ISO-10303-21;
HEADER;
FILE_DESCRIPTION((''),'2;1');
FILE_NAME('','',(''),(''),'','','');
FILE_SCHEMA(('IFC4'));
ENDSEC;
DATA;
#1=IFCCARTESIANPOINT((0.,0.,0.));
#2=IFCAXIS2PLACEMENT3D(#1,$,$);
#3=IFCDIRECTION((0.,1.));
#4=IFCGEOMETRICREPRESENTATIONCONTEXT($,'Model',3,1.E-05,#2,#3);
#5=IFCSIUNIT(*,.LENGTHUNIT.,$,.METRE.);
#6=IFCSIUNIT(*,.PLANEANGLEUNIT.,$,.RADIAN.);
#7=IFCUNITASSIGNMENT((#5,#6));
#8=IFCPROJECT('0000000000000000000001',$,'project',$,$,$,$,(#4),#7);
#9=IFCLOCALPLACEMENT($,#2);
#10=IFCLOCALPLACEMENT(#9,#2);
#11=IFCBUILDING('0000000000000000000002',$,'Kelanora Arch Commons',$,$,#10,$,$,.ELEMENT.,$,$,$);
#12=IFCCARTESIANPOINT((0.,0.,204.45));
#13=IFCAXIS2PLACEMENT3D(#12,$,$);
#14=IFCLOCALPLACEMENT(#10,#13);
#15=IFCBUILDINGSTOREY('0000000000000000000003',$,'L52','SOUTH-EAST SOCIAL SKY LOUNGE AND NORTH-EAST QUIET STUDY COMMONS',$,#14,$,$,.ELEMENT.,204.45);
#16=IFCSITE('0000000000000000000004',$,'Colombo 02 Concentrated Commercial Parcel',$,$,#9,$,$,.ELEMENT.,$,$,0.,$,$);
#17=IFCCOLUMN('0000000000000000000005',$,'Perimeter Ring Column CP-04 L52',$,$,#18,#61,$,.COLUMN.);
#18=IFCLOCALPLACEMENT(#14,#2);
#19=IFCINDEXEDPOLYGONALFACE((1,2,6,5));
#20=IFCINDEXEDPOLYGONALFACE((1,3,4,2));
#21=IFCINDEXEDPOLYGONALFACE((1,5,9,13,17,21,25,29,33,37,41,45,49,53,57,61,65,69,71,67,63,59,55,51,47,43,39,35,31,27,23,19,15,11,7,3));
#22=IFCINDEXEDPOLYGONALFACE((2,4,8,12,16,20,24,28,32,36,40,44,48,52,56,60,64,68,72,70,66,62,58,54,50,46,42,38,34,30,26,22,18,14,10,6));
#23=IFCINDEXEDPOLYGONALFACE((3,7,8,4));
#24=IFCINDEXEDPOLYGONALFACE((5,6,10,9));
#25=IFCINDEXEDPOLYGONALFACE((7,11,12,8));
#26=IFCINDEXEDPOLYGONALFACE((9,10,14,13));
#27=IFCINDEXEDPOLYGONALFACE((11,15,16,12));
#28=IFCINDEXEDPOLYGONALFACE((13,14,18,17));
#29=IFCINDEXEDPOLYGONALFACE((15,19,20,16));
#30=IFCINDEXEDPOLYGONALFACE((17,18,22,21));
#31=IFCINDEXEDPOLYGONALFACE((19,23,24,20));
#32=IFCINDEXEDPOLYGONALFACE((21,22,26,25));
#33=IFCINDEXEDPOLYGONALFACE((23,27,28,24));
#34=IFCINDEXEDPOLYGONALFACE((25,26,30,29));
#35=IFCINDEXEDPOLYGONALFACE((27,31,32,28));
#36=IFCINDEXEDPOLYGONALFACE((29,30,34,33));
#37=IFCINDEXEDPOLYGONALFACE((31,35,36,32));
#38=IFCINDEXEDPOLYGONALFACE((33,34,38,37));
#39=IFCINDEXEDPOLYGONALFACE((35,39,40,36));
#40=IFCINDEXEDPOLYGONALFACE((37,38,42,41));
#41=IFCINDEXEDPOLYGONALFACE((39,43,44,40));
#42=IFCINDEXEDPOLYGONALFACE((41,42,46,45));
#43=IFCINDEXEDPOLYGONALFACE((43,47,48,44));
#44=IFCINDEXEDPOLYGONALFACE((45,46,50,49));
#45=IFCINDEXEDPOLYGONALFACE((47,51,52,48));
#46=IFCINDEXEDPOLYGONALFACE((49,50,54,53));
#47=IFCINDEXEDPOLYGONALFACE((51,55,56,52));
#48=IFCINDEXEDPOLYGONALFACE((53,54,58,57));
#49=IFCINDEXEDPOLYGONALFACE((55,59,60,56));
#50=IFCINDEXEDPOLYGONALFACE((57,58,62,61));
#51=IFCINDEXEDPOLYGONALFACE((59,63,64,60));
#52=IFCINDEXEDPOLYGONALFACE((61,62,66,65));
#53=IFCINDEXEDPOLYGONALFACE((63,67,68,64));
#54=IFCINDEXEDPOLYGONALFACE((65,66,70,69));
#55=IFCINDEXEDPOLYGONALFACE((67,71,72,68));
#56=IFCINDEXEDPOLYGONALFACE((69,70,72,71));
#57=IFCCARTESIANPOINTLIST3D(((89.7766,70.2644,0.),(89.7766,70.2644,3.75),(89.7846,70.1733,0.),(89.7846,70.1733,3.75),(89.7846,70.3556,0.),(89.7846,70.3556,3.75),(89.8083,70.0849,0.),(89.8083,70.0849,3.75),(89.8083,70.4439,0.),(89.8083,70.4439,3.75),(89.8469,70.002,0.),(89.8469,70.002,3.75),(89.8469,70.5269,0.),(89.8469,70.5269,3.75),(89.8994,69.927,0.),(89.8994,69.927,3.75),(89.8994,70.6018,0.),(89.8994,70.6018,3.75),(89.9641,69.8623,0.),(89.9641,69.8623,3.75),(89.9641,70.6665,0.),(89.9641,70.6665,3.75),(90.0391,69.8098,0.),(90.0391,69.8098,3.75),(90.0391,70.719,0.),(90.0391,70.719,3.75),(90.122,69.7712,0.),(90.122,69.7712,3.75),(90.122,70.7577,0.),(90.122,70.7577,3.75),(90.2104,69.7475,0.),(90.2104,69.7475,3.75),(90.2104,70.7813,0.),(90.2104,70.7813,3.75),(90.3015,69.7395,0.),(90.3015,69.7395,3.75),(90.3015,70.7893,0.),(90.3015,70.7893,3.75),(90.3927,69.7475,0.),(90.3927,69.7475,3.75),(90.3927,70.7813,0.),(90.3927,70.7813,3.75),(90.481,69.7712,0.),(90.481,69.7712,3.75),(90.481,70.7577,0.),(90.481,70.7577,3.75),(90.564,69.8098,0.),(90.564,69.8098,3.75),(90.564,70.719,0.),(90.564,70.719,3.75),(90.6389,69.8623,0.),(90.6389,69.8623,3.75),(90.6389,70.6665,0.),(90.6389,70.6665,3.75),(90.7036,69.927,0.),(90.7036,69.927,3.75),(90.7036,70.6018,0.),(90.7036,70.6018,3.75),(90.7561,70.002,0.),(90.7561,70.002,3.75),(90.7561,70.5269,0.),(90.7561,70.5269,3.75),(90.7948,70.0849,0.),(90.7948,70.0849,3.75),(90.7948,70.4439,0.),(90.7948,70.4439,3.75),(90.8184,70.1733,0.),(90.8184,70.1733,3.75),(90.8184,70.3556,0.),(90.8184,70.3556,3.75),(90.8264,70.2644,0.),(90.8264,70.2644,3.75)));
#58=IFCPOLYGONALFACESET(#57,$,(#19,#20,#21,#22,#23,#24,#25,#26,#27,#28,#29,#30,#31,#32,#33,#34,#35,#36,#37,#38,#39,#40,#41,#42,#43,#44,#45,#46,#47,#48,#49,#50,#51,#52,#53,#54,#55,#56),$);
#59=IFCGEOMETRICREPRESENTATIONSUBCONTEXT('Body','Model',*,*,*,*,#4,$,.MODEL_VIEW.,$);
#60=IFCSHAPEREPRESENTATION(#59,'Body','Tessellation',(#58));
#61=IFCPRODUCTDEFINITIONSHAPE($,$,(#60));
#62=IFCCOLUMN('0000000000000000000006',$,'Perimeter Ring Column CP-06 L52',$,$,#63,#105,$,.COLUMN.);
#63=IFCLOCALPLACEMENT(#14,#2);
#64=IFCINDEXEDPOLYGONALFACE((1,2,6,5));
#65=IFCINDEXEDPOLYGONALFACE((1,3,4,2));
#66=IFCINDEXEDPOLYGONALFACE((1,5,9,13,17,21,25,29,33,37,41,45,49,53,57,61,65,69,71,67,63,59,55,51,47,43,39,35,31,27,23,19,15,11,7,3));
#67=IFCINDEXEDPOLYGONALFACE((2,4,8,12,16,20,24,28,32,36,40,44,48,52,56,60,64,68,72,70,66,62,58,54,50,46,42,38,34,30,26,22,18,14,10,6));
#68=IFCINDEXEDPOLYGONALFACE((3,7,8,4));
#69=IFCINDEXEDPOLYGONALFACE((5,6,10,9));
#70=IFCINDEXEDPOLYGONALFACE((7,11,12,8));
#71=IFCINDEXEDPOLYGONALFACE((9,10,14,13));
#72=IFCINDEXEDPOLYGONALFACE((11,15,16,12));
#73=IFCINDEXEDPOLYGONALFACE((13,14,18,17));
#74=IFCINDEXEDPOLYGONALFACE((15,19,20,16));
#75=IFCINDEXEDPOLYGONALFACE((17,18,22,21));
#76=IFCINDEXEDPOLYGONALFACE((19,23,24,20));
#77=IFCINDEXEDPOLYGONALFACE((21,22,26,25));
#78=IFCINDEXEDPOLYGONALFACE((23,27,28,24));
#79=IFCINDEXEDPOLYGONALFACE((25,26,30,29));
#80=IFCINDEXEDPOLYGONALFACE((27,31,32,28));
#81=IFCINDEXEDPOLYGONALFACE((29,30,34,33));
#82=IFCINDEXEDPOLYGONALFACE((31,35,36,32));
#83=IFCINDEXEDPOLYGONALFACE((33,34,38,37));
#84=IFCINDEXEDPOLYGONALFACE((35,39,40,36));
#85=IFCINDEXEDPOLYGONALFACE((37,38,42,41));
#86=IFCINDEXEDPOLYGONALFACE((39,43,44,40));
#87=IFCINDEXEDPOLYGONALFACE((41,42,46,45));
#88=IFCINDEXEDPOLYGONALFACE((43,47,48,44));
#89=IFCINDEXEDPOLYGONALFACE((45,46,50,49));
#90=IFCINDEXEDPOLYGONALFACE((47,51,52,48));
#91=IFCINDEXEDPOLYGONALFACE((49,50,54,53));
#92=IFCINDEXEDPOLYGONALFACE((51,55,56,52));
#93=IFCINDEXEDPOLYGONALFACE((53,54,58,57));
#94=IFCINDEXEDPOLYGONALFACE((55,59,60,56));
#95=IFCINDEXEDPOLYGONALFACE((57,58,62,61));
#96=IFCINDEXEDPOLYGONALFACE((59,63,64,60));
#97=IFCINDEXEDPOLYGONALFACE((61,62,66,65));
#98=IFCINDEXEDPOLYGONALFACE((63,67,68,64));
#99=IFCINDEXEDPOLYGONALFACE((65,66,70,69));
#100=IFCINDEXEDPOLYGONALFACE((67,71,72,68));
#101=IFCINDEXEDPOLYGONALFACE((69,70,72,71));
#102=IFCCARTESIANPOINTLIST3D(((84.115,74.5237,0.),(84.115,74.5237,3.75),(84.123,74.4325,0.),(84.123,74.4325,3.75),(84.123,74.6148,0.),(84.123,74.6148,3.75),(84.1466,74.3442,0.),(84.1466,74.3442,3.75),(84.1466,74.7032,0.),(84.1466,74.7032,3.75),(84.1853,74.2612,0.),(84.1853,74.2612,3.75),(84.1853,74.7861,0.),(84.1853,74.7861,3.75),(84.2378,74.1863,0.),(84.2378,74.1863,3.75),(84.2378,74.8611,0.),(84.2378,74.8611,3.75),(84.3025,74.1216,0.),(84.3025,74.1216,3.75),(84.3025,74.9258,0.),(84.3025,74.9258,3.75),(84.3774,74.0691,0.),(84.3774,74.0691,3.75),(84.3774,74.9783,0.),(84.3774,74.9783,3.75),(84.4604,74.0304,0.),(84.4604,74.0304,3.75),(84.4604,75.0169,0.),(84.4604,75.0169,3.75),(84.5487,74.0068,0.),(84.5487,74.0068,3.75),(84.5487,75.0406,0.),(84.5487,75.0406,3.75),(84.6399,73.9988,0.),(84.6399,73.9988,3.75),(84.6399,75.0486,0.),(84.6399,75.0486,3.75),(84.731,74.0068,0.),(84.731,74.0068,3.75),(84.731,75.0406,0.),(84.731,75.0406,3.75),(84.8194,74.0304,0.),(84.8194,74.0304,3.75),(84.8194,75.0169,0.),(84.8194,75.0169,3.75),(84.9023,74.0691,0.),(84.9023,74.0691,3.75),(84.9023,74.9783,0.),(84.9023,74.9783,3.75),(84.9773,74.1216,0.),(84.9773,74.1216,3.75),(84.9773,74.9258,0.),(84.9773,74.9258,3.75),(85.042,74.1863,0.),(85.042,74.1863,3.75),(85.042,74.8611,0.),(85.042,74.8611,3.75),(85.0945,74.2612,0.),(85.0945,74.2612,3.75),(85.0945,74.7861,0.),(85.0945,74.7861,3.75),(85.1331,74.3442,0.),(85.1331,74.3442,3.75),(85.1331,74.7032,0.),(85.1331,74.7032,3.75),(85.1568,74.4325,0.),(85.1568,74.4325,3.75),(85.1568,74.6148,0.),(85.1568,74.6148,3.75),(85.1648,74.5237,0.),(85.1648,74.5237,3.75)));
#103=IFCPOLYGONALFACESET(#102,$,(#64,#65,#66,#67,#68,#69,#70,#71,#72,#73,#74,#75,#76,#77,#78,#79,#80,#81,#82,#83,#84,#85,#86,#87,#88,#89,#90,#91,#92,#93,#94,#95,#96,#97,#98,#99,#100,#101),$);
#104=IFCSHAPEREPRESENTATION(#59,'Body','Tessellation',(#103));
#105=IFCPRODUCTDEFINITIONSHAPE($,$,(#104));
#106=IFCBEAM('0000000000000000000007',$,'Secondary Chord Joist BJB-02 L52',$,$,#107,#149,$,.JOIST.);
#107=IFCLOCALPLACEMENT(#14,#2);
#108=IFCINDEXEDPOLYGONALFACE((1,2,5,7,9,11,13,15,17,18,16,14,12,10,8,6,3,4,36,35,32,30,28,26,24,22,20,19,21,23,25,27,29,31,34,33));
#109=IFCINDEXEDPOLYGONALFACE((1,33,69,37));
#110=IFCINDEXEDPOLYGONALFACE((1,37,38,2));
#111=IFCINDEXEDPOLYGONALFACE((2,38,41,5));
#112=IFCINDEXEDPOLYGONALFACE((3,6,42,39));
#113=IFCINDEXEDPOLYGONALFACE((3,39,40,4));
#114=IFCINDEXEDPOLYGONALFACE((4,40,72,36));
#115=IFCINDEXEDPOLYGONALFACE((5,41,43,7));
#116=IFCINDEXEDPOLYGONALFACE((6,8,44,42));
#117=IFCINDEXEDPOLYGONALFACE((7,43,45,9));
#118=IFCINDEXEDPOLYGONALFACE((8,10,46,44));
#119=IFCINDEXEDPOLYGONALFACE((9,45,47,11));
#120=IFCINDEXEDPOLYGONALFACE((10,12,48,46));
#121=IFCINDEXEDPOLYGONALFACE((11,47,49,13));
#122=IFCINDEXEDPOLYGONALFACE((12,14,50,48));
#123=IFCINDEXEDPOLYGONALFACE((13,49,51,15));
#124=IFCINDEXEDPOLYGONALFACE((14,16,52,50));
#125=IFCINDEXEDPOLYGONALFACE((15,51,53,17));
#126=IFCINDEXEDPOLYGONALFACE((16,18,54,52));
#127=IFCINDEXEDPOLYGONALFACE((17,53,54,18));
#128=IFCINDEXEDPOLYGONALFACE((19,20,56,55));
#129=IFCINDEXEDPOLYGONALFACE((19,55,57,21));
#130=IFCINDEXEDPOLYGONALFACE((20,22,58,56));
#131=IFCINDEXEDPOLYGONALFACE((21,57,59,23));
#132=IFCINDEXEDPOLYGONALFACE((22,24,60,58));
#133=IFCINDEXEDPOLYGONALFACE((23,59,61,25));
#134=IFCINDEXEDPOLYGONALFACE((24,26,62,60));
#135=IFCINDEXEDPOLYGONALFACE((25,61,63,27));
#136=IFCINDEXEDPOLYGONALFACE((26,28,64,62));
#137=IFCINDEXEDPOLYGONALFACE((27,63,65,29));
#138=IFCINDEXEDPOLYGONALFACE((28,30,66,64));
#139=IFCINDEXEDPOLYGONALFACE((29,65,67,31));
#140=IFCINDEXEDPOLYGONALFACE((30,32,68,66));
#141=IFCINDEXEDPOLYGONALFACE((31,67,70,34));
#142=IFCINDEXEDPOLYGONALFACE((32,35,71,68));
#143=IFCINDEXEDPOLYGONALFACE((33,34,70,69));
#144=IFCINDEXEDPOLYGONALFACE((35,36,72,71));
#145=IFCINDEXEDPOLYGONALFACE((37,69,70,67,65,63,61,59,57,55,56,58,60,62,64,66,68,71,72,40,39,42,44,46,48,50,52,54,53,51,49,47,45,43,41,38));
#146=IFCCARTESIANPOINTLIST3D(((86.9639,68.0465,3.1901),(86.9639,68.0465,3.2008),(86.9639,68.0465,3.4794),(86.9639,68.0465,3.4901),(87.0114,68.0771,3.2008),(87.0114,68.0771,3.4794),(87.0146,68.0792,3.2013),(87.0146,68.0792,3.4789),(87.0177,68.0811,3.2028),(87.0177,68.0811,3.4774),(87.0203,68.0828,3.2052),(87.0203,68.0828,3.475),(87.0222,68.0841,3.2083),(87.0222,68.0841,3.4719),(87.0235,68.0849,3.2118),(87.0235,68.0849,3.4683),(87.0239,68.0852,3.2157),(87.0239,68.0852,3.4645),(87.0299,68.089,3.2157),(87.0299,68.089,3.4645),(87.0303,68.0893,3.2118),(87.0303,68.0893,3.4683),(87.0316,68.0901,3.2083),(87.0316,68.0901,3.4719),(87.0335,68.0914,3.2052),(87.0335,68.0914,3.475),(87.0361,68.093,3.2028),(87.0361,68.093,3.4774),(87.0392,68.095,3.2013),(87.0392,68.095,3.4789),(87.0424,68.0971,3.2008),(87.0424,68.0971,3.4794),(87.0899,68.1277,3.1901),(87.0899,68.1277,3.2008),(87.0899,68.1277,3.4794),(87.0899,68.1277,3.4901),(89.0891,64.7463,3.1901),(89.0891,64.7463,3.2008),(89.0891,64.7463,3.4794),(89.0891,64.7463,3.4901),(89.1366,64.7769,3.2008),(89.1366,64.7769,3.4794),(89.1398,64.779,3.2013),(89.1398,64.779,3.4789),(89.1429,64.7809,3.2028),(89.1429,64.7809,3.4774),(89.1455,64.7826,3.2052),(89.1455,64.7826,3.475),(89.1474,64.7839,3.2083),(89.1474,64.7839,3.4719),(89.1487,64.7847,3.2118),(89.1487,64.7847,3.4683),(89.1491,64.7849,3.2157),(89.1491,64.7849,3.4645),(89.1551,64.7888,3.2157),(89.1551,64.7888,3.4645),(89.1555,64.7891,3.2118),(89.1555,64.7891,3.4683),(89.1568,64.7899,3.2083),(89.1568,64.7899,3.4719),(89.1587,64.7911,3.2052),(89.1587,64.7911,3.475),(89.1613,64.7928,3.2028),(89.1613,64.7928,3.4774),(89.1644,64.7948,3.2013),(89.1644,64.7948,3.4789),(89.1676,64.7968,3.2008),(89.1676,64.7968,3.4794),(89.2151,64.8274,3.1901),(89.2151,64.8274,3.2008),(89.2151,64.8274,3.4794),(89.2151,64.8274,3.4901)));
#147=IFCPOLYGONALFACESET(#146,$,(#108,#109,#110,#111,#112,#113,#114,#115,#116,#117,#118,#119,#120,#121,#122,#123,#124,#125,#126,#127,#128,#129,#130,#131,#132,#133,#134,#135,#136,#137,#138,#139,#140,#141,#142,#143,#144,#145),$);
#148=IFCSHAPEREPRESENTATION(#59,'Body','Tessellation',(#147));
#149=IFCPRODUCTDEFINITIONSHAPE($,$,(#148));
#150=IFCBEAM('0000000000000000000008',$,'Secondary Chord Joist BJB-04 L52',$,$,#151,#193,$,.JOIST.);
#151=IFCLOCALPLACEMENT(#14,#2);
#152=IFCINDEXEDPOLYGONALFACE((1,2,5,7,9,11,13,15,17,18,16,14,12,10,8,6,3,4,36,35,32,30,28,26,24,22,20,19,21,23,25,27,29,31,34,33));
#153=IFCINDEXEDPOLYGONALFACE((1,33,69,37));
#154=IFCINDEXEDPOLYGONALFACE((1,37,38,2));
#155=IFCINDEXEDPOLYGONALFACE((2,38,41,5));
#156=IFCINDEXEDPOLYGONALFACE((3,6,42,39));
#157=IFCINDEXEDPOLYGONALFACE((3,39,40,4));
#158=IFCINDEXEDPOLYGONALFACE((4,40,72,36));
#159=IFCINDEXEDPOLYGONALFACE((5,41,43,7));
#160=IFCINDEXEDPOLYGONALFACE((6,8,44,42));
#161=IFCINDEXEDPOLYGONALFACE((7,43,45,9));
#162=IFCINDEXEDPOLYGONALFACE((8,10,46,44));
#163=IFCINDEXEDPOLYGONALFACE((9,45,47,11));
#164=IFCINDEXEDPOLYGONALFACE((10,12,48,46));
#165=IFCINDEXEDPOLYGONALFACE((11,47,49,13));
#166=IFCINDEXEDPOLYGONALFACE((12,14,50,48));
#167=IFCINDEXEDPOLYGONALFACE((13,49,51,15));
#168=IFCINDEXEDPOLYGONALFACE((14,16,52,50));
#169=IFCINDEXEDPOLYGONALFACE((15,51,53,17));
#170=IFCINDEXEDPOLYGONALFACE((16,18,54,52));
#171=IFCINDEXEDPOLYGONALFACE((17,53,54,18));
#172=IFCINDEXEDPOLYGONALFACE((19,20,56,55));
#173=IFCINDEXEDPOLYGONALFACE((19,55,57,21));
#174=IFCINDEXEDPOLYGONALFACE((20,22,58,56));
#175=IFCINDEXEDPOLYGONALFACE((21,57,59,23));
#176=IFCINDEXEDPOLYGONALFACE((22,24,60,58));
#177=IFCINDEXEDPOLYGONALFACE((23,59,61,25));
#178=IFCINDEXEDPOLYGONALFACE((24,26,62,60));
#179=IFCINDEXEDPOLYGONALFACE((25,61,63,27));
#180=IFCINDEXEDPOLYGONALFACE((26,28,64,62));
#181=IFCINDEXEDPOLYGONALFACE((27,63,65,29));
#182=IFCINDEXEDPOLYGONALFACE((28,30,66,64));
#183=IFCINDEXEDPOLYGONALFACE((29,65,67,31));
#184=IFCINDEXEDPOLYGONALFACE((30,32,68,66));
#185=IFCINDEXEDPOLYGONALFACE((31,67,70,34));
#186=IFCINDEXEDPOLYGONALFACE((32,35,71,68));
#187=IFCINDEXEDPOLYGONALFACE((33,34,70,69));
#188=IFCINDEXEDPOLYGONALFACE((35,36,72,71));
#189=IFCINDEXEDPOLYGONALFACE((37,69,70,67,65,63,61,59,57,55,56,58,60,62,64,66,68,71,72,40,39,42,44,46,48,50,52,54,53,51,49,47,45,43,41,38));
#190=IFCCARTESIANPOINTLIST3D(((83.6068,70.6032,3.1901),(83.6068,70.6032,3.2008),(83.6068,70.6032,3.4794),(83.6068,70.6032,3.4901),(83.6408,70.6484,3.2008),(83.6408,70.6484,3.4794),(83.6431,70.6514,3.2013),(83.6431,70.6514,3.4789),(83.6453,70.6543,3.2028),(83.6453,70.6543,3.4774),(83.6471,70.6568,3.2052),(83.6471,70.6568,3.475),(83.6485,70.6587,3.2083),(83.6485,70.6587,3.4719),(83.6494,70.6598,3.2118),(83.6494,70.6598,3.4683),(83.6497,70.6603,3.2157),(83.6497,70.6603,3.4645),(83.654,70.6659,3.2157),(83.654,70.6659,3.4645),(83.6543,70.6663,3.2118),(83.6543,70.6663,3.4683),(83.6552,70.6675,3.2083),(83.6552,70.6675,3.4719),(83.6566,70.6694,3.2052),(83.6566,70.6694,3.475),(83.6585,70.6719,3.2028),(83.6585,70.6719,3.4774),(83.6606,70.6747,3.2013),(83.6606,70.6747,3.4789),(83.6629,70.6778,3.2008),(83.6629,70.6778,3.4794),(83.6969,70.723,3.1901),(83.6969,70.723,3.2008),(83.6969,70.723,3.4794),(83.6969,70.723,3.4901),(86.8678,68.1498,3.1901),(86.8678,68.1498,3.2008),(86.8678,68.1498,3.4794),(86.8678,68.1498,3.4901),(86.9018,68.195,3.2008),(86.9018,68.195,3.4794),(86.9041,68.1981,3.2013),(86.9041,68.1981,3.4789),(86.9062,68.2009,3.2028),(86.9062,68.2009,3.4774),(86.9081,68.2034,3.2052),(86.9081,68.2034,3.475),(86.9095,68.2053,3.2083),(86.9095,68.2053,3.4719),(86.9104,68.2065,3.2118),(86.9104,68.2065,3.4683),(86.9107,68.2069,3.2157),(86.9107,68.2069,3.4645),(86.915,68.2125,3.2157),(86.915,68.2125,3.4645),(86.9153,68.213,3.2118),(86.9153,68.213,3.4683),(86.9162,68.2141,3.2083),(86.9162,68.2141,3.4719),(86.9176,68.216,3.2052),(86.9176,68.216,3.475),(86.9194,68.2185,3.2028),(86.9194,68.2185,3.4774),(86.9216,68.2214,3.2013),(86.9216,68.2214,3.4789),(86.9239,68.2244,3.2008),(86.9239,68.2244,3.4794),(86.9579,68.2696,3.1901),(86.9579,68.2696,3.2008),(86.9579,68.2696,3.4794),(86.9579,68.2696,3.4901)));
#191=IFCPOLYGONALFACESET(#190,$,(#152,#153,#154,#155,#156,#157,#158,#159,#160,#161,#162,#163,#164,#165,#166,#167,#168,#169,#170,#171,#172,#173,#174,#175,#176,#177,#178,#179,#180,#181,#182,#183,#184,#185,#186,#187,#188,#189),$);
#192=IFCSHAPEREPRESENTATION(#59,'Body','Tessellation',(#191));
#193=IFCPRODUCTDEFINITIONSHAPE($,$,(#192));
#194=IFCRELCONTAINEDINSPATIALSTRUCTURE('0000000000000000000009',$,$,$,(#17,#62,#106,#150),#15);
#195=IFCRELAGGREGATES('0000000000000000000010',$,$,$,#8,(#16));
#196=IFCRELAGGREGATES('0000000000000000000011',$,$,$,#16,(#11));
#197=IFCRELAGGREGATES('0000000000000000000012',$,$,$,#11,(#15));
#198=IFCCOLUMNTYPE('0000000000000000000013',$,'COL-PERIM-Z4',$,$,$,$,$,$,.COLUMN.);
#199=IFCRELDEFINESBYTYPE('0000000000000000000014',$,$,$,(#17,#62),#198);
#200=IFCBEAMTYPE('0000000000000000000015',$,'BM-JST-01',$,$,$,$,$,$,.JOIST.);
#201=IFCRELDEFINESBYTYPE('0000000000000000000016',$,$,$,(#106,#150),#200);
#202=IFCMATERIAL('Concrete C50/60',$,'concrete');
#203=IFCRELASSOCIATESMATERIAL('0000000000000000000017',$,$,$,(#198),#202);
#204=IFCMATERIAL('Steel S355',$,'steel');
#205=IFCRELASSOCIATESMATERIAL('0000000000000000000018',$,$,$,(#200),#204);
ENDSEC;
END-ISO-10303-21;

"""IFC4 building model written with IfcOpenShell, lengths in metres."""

from ifc_helpers import new_model, si_unit, direction, frame, origin, origin_2d, place, context, subcontext, project, spatial, circle, i_section, extrude, material, material_profile, profile_set, type_object, element, save


model = new_model("IFC4")

# Units and contexts
model_context = context("Model", 3, precision=1e-05, world=origin(), true_north=direction((0.0, 1.0)))
body_context = subcontext(model_context, "Body", "Model", "MODEL_VIEW")
ifc_project = project(units=[si_unit("LENGTHUNIT", "METRE"), si_unit("PLANEANGLEUNIT", "RADIAN")], contexts=[model_context])

# Site, building, storey
site_placement = place(None, origin())
site = spatial("IfcSite", under=ifc_project, at=site_placement, Name="Colombo 02 Concentrated Commercial Parcel", CompositionType="ELEMENT", RefElevation=0.0)
building_placement = place(site_placement, origin())
building = spatial("IfcBuilding", under=site, at=building_placement, Name="Kelanora Arch Commons", CompositionType="ELEMENT")
storey_placement = place(building_placement, frame((0.0, 0.0, 204.45)))
storey = spatial("IfcBuildingStorey", under=building, at=storey_placement, Name="L52", Description="SOUTH-EAST SOCIAL SKY LOUNGE AND NORTH-EAST QUIET STUDY COMMONS", CompositionType="ELEMENT", Elevation=204.45)

# Columns
ifc_material_1 = material(Name="Concrete C50/60", Category="concrete")
ifc_material_profile_1 = material_profile(ifc_material_1, circle(Radius=0.5249, at=origin_2d()), Name="RCC1050")
ifc_profile_set_1 = profile_set([ifc_material_profile_1], Name="Concrete C50/60")
column_type = type_object("IfcColumnType", Name="COL-PERIM-Z4", PredefinedType="COLUMN", material=ifc_profile_set_1)
for number, where, z_axis, x_axis, name in (
    (1, (90.3015, 70.2644, 0.0), (0.0, 0.0, 1.0), (1.0, 0.0, 0.0), "Perimeter Ring Column CP-04 L52"),
    (2, (84.6399, 74.5237, 0.0), (0.0, 0.0, 1.0), (1.0, 0.0, 0.0), "Perimeter Ring Column CP-06 L52"),
):
    element("IfcColumn", number, at=place(storey_placement, frame(where, z_axis=z_axis, x_axis=x_axis)), inside=storey, type_object=column_type, Name=name, PredefinedType="COLUMN", context=body_context, shape_type="SweptSolid", body=[
        extrude(circle(Radius=0.5249, at=origin_2d()), origin(), (0.0, 0.0, 1.0), 3.75),
    ])

# Beams
ifc_material_2 = material(Name="Steel S355", Category="steel")
ifc_material_profile_2 = material_profile(ifc_material_2, i_section(OverallWidth=0.1499, OverallDepth=0.3, WebThickness=0.0071, FlangeThickness=0.0107, FilletRadius=0.0149, at=origin_2d()), Name="IPE300")
ifc_profile_set_2 = profile_set([ifc_material_profile_2], Name="Steel S355")
beam_type_1 = type_object("IfcBeamType", Name="BM-JST-01", PredefinedType="JOIST", material=ifc_profile_set_2)
beam_1_placement = place(storey_placement, frame((89.1521, 64.7869, 3.3401), z_axis=(-0.541411, 0.840758, 0.0), x_axis=(-0.840758, -0.541411, 0.0)))
element("IfcBeam", 3, at=beam_1_placement, inside=storey, type_object=beam_type_1, Name="Secondary Chord Joist BJB-02 L52", PredefinedType="JOIST", context=body_context, shape_type="SweptSolid", body=[
    extrude(i_section(OverallWidth=0.1499, OverallDepth=0.3, WebThickness=0.0071, FlangeThickness=0.0107, FilletRadius=0.0149, at=origin_2d()), origin(), (0.0, 0.0, 1.0), 3.9253),
])
beam_2_placement = place(storey_placement, frame((86.9128, 68.2097, 3.3401), z_axis=(-0.799102, 0.601196, 0.0), x_axis=(-0.601196, -0.799102, 0.0)))
element("IfcBeam", 4, at=beam_2_placement, inside=storey, type_object=beam_type_1, Name="Secondary Chord Joist BJB-04 L52", PredefinedType="JOIST", context=body_context, shape_type="SweptSolid", body=[
    extrude(i_section(OverallWidth=0.1499, OverallDepth=0.3, WebThickness=0.0071, FlangeThickness=0.0107, FilletRadius=0.0149, at=origin_2d()), origin(), (0.0, 0.0, 1.0), 4.0808),
])

save(model, "model.ifc")
